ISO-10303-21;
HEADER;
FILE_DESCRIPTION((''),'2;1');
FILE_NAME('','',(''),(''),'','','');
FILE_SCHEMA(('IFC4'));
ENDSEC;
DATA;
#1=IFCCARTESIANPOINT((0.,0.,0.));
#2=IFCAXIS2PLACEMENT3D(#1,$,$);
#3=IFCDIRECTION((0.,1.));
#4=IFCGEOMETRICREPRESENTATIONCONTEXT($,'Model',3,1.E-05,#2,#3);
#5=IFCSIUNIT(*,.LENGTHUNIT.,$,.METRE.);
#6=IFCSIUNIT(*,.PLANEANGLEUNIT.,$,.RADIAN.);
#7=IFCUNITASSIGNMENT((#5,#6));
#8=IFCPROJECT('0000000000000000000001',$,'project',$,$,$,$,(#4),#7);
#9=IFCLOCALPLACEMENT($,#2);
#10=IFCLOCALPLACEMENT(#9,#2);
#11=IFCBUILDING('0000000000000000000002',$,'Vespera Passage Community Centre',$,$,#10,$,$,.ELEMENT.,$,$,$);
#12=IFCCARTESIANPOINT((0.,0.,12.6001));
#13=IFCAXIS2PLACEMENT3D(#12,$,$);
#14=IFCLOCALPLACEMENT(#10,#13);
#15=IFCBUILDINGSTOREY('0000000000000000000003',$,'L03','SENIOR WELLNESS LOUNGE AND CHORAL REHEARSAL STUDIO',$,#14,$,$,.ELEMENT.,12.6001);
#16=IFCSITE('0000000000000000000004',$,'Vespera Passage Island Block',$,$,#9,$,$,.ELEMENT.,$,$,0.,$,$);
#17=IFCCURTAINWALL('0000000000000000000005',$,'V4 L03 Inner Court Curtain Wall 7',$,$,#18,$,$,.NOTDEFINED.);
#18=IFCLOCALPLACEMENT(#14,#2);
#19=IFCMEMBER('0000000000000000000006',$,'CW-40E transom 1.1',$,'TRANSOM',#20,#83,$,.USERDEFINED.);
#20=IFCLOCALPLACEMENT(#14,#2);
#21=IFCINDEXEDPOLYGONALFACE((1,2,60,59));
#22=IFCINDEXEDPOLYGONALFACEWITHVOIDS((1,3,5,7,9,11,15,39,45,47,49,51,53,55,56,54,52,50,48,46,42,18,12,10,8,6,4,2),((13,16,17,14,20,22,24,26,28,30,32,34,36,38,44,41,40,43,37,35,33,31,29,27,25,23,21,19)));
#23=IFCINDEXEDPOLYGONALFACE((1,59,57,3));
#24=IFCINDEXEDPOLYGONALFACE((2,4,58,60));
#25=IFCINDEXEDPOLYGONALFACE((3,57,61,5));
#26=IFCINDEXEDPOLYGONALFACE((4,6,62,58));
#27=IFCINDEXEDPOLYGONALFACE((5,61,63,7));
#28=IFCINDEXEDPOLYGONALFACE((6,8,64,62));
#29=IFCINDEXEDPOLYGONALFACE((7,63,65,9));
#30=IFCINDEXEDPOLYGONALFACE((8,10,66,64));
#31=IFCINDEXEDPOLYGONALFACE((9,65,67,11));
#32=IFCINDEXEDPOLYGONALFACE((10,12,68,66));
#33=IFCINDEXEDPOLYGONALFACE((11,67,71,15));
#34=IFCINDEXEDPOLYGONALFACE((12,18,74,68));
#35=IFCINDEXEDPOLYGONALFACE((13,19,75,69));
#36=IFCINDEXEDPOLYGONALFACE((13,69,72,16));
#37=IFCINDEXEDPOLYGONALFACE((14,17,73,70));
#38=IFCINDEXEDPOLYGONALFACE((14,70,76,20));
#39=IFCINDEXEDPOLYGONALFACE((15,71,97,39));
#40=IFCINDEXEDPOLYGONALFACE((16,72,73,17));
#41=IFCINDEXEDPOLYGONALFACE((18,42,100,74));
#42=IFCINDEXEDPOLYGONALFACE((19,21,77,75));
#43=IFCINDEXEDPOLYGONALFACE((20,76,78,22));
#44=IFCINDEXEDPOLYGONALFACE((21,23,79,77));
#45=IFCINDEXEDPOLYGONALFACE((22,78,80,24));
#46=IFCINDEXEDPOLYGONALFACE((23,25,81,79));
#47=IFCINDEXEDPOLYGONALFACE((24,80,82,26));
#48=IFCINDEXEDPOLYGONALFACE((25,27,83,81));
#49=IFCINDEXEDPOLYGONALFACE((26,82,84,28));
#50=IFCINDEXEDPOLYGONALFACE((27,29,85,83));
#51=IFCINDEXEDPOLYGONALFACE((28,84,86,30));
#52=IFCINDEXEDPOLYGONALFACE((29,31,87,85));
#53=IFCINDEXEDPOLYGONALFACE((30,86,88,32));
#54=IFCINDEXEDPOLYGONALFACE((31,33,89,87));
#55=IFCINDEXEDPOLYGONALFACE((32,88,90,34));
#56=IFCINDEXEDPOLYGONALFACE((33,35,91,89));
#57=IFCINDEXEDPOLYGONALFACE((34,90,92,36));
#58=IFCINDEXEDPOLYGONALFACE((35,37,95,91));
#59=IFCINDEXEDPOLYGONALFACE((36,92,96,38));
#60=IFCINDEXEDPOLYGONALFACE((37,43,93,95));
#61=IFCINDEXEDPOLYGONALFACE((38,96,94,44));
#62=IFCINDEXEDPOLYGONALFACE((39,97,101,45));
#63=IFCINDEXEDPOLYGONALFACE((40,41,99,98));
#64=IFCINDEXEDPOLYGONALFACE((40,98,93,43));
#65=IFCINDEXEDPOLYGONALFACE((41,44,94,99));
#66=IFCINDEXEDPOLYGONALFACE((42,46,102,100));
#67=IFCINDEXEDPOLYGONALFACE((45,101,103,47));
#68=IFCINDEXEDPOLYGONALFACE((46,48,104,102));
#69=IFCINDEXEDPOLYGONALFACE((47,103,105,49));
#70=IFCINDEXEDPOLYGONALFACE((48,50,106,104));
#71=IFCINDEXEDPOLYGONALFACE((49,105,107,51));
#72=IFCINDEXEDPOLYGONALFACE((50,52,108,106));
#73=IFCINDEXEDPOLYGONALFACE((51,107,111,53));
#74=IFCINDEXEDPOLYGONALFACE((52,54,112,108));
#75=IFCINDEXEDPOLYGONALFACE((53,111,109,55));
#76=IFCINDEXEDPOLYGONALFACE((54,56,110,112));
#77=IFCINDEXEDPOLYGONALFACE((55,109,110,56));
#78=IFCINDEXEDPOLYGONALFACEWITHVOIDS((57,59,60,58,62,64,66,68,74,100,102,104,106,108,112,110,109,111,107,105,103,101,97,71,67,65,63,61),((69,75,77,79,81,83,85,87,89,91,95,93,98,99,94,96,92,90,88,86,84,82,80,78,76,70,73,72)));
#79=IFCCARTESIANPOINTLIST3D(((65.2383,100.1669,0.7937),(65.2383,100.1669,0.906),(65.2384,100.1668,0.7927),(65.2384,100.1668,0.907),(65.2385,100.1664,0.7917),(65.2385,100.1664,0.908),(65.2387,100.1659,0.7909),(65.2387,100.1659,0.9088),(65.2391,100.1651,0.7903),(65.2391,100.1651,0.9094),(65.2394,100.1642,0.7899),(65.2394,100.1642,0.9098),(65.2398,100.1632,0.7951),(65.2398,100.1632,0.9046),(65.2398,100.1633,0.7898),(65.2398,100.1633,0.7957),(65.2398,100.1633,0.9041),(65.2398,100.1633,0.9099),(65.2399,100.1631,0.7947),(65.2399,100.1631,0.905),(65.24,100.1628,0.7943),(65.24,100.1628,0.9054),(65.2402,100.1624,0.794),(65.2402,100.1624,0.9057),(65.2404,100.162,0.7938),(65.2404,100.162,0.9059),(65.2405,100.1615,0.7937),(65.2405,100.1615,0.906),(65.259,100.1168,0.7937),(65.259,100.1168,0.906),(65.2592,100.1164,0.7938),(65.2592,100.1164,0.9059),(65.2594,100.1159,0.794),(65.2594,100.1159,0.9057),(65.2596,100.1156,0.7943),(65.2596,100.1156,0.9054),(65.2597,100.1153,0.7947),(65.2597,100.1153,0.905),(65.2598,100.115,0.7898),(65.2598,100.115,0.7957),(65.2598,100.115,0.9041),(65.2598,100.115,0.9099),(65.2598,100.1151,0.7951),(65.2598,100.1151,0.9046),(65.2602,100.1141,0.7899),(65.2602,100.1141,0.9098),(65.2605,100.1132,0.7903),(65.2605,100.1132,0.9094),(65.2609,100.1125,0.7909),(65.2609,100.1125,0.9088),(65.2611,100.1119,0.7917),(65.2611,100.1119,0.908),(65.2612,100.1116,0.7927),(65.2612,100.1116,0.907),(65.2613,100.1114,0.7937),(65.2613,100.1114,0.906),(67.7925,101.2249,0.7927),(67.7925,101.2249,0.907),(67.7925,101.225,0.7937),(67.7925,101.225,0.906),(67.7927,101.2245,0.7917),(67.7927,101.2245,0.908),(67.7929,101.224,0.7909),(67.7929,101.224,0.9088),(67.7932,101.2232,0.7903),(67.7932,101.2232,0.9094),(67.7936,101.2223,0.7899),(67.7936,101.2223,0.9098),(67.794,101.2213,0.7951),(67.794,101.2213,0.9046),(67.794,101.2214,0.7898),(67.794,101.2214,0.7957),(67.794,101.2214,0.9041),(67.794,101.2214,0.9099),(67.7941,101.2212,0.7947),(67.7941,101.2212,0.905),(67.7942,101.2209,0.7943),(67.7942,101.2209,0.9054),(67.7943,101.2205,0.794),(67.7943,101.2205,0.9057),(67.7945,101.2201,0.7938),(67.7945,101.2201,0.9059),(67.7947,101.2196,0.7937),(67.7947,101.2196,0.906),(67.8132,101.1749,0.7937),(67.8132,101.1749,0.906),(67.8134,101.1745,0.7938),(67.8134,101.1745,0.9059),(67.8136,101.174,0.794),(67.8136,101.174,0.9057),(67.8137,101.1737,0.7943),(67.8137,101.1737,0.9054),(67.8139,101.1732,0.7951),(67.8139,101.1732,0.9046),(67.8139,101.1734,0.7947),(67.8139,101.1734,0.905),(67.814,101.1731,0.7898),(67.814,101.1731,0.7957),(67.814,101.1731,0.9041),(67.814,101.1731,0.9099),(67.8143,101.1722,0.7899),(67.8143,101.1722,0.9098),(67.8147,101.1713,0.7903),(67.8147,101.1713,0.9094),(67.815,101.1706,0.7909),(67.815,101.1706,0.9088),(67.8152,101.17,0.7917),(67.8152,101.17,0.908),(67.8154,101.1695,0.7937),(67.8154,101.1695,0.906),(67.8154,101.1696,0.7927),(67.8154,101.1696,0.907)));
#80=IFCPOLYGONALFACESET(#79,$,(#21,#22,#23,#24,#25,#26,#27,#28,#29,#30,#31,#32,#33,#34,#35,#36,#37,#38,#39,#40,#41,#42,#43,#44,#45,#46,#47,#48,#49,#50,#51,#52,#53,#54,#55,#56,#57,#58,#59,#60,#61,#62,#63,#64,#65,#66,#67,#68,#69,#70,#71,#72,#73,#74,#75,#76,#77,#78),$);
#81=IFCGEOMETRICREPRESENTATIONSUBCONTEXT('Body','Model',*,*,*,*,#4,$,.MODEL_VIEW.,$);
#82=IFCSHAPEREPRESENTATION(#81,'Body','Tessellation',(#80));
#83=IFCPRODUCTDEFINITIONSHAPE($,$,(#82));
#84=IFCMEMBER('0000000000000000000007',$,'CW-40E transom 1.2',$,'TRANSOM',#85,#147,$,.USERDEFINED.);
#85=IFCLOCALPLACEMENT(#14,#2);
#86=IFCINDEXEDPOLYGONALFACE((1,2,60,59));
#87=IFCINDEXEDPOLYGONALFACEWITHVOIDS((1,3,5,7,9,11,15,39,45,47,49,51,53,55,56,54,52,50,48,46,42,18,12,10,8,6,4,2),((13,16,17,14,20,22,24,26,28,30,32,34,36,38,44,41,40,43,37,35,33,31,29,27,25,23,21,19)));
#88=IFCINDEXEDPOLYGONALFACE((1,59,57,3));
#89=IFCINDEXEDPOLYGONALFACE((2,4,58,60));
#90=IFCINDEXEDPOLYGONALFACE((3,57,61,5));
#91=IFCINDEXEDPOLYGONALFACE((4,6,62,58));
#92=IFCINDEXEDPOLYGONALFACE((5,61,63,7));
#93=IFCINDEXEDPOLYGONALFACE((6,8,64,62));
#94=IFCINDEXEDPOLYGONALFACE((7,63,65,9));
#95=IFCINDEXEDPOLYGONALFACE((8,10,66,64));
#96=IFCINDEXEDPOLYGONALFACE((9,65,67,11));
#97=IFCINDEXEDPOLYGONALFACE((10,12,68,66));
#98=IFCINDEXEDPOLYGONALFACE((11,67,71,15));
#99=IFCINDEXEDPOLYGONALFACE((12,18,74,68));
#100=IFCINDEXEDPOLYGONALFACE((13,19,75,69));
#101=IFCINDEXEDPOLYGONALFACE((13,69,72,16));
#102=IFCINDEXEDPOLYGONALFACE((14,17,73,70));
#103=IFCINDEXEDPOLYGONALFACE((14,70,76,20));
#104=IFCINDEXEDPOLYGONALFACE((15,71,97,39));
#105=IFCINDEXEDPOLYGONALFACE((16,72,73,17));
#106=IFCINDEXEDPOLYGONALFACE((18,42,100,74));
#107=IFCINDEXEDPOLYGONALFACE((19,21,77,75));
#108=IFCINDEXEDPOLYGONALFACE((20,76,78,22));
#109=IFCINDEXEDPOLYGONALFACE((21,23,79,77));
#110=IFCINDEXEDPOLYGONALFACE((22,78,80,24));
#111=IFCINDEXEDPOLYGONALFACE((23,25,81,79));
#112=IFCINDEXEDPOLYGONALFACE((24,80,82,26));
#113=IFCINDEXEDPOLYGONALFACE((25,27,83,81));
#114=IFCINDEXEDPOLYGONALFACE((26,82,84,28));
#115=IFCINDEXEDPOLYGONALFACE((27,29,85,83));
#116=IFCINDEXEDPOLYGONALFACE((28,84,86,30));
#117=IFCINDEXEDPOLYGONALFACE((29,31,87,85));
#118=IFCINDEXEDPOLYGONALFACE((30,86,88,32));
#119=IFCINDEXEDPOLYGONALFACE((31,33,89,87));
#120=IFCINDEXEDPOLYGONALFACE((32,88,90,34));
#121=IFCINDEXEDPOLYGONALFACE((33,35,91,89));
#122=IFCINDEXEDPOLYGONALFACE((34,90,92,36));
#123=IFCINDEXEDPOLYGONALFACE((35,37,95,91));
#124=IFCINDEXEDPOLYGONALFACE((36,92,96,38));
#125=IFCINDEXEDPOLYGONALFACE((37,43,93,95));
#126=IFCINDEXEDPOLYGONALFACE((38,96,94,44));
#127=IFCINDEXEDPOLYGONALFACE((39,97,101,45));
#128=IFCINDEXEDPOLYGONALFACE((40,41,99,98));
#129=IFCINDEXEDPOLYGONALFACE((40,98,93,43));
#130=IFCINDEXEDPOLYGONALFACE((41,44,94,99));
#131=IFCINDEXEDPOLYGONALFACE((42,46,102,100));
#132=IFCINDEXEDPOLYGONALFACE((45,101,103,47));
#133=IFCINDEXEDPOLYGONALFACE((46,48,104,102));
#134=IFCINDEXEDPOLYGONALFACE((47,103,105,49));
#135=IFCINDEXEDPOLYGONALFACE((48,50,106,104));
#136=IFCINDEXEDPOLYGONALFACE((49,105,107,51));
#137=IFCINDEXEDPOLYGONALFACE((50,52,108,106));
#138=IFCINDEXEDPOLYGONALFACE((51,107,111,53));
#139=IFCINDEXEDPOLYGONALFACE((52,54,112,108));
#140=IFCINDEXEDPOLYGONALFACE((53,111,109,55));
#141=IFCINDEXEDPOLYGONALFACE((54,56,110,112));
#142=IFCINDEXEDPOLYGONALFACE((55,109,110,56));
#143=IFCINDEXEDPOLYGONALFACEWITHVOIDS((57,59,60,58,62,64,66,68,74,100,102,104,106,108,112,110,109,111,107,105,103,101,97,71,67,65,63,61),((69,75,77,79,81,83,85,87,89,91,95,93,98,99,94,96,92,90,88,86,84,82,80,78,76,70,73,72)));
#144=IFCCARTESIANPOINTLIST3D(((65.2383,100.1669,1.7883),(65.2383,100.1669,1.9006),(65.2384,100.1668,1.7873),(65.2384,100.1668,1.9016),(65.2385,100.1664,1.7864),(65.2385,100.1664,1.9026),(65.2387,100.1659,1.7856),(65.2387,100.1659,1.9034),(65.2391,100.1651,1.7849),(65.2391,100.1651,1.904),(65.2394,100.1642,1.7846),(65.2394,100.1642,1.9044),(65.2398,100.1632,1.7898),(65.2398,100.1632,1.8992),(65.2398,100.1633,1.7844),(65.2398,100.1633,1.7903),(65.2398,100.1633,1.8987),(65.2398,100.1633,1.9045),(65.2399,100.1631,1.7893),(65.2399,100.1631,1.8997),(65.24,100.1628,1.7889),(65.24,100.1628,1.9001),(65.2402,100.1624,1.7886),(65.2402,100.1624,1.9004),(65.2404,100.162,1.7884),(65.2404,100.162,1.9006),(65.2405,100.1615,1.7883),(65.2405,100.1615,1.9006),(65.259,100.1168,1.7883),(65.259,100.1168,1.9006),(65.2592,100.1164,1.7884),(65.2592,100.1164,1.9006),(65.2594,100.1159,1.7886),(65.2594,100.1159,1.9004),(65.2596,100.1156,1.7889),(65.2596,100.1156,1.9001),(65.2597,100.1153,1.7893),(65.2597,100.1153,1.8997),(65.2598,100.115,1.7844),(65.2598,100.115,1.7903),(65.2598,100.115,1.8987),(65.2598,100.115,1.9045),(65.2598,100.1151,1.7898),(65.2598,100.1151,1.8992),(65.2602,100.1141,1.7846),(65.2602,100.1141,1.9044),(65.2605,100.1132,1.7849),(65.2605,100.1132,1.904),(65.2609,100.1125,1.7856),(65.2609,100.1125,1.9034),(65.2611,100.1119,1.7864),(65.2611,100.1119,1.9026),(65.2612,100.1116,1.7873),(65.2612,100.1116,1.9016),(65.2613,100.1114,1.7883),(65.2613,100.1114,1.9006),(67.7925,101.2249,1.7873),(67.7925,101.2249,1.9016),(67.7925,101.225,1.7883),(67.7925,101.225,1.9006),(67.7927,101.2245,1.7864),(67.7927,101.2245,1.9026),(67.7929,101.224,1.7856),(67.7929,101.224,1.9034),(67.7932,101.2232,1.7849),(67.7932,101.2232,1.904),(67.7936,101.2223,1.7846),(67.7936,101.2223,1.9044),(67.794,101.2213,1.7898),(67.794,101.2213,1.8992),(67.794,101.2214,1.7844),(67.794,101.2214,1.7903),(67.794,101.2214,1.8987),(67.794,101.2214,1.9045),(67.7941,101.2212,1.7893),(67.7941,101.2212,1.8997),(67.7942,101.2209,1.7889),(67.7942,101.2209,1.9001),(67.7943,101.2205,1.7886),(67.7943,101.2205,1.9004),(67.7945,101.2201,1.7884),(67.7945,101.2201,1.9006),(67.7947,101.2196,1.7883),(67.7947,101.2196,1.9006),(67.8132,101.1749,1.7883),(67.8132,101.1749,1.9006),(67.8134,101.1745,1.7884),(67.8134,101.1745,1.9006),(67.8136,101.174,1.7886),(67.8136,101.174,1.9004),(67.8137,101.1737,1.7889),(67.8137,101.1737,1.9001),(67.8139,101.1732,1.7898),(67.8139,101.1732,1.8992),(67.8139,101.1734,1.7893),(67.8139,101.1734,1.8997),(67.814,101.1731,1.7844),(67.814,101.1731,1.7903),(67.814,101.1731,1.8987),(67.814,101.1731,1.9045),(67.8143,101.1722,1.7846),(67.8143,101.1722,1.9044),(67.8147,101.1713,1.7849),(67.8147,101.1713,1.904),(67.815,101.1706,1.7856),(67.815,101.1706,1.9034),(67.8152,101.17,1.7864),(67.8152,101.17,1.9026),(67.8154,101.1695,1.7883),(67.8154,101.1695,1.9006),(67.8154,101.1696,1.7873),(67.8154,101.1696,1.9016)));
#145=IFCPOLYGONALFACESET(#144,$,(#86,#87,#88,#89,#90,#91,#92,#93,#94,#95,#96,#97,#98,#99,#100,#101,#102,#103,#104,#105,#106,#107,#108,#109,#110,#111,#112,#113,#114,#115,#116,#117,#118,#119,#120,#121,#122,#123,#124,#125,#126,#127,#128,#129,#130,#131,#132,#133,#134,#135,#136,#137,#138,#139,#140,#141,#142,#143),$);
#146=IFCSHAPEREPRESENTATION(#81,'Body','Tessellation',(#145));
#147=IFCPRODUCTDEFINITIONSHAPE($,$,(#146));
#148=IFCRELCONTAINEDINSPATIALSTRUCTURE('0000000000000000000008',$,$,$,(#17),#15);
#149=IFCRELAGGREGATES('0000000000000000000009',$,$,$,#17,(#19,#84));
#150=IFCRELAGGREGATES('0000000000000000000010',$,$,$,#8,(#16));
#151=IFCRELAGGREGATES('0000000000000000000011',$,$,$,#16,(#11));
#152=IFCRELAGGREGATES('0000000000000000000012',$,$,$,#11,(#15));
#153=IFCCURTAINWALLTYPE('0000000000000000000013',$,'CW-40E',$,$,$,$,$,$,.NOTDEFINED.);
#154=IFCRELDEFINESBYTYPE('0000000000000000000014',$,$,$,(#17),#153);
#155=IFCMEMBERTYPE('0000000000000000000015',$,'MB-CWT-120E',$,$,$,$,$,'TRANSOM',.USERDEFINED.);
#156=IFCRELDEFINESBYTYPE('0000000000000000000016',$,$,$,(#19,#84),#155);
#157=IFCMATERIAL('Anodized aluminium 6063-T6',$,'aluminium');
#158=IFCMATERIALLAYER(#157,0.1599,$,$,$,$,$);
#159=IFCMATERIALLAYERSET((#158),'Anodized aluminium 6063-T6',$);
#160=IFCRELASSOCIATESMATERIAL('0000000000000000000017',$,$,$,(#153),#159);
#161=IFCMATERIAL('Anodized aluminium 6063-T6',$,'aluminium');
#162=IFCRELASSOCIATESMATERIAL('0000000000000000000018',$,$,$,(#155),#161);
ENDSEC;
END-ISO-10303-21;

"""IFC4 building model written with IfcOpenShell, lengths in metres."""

from ifc_helpers import new_model, si_unit, direction, frame, origin, origin_2d, place, context, subcontext, project, spatial, hollow_rectangle, extrude, material, layer, layer_set, material_profile, profile_set, type_object, element, aggregate, save


model = new_model("IFC4")

# Units and contexts
model_context = context("Model", 3, precision=1e-05, world=origin(), true_north=direction((0.0, 1.0)))
body_context = subcontext(model_context, "Body", "Model", "MODEL_VIEW")
ifc_project = project(units=[si_unit("LENGTHUNIT", "METRE"), si_unit("PLANEANGLEUNIT", "RADIAN")], contexts=[model_context])

# Site, building, storey
site_placement = place(None, origin())
site = spatial("IfcSite", under=ifc_project, at=site_placement, Name="Vespera Passage Island Block", CompositionType="ELEMENT", RefElevation=0.0)
building_placement = place(site_placement, origin())
building = spatial("IfcBuilding", under=site, at=building_placement, Name="Vespera Passage Community Centre", CompositionType="ELEMENT")
storey_placement = place(building_placement, frame((0.0, 0.0, 12.6001)))
storey = spatial("IfcBuildingStorey", under=building, at=storey_placement, Name="L03", Description="SENIOR WELLNESS LOUNGE AND CHORAL REHEARSAL STUDIO", CompositionType="ELEMENT", Elevation=12.6001)

# Curtain wall
ifc_material_1 = material(Name="Anodized aluminium 6063-T6", Category="aluminium")
ifc_layer_1 = layer(ifc_material_1, 0.1599)
ifc_layer_set_1 = layer_set([ifc_layer_1], Name="Anodized aluminium 6063-T6")
curtain_wall_type_1 = type_object("IfcCurtainWallType", Name="CW-40E", PredefinedType="NOTDEFINED", material=ifc_layer_set_1)
curtain_wall_1_placement = place(storey_placement, origin())
curtain_wall_1 = element("IfcCurtainWall", 1, at=curtain_wall_1_placement, inside=storey, type_object=curtain_wall_type_1, Name="V4 L03 Inner Court Curtain Wall 7", PredefinedType="NOTDEFINED")

# Members
ifc_material_2 = material(Name="Anodized aluminium 6063-T6", Category="aluminium")
ifc_material_profile_1 = material_profile(ifc_material_2, hollow_rectangle(XDim=0.0601, YDim=0.1201, WallThickness=0.0039, InnerFilletRadius=0.002, OuterFilletRadius=0.0039, at=origin_2d()), Name="ALU120X60X4")
ifc_profile_set_1 = profile_set([ifc_material_profile_1], Name="Anodized aluminium 6063-T6")
member_type_1 = type_object("IfcMemberType", Name="MB-CWT-120E", ElementType="TRANSOM", PredefinedType="USERDEFINED", material=ifc_profile_set_1)
member_1_placement = place(storey_placement, frame((67.804, 101.1973, 0.8499), z_axis=(-0.923864, -0.382721, 0.0), x_axis=(0.382721, -0.923864, 0.0)))
member_1 = element("IfcMember", 2, at=member_1_placement, type_object=member_type_1, Name="CW-40E transom 1.1", ObjectType="TRANSOM", PredefinedType="USERDEFINED", context=body_context, shape_type="SweptSolid", body=[
    extrude(hollow_rectangle(XDim=0.0601, YDim=0.1201, WallThickness=0.0039, InnerFilletRadius=0.002, OuterFilletRadius=0.0039, at=origin_2d()), origin(), (0.0, 0.0, 1.0), 2.7646),
])
member_2_placement = place(storey_placement, frame((67.804, 101.1973, 1.8445), z_axis=(-0.923864, -0.382721, 0.0), x_axis=(0.382721, -0.923864, 0.0)))
member_2 = element("IfcMember", 3, at=member_2_placement, type_object=member_type_1, Name="CW-40E transom 1.2", ObjectType="TRANSOM", PredefinedType="USERDEFINED", context=body_context, shape_type="SweptSolid", body=[
    extrude(hollow_rectangle(XDim=0.0601, YDim=0.1201, WallThickness=0.0039, InnerFilletRadius=0.002, OuterFilletRadius=0.0039, at=origin_2d()), origin(), (0.0, 0.0, 1.0), 2.7646),
])

aggregate(curtain_wall_1, [member_1, member_2])

save(model, "model.ifc")
